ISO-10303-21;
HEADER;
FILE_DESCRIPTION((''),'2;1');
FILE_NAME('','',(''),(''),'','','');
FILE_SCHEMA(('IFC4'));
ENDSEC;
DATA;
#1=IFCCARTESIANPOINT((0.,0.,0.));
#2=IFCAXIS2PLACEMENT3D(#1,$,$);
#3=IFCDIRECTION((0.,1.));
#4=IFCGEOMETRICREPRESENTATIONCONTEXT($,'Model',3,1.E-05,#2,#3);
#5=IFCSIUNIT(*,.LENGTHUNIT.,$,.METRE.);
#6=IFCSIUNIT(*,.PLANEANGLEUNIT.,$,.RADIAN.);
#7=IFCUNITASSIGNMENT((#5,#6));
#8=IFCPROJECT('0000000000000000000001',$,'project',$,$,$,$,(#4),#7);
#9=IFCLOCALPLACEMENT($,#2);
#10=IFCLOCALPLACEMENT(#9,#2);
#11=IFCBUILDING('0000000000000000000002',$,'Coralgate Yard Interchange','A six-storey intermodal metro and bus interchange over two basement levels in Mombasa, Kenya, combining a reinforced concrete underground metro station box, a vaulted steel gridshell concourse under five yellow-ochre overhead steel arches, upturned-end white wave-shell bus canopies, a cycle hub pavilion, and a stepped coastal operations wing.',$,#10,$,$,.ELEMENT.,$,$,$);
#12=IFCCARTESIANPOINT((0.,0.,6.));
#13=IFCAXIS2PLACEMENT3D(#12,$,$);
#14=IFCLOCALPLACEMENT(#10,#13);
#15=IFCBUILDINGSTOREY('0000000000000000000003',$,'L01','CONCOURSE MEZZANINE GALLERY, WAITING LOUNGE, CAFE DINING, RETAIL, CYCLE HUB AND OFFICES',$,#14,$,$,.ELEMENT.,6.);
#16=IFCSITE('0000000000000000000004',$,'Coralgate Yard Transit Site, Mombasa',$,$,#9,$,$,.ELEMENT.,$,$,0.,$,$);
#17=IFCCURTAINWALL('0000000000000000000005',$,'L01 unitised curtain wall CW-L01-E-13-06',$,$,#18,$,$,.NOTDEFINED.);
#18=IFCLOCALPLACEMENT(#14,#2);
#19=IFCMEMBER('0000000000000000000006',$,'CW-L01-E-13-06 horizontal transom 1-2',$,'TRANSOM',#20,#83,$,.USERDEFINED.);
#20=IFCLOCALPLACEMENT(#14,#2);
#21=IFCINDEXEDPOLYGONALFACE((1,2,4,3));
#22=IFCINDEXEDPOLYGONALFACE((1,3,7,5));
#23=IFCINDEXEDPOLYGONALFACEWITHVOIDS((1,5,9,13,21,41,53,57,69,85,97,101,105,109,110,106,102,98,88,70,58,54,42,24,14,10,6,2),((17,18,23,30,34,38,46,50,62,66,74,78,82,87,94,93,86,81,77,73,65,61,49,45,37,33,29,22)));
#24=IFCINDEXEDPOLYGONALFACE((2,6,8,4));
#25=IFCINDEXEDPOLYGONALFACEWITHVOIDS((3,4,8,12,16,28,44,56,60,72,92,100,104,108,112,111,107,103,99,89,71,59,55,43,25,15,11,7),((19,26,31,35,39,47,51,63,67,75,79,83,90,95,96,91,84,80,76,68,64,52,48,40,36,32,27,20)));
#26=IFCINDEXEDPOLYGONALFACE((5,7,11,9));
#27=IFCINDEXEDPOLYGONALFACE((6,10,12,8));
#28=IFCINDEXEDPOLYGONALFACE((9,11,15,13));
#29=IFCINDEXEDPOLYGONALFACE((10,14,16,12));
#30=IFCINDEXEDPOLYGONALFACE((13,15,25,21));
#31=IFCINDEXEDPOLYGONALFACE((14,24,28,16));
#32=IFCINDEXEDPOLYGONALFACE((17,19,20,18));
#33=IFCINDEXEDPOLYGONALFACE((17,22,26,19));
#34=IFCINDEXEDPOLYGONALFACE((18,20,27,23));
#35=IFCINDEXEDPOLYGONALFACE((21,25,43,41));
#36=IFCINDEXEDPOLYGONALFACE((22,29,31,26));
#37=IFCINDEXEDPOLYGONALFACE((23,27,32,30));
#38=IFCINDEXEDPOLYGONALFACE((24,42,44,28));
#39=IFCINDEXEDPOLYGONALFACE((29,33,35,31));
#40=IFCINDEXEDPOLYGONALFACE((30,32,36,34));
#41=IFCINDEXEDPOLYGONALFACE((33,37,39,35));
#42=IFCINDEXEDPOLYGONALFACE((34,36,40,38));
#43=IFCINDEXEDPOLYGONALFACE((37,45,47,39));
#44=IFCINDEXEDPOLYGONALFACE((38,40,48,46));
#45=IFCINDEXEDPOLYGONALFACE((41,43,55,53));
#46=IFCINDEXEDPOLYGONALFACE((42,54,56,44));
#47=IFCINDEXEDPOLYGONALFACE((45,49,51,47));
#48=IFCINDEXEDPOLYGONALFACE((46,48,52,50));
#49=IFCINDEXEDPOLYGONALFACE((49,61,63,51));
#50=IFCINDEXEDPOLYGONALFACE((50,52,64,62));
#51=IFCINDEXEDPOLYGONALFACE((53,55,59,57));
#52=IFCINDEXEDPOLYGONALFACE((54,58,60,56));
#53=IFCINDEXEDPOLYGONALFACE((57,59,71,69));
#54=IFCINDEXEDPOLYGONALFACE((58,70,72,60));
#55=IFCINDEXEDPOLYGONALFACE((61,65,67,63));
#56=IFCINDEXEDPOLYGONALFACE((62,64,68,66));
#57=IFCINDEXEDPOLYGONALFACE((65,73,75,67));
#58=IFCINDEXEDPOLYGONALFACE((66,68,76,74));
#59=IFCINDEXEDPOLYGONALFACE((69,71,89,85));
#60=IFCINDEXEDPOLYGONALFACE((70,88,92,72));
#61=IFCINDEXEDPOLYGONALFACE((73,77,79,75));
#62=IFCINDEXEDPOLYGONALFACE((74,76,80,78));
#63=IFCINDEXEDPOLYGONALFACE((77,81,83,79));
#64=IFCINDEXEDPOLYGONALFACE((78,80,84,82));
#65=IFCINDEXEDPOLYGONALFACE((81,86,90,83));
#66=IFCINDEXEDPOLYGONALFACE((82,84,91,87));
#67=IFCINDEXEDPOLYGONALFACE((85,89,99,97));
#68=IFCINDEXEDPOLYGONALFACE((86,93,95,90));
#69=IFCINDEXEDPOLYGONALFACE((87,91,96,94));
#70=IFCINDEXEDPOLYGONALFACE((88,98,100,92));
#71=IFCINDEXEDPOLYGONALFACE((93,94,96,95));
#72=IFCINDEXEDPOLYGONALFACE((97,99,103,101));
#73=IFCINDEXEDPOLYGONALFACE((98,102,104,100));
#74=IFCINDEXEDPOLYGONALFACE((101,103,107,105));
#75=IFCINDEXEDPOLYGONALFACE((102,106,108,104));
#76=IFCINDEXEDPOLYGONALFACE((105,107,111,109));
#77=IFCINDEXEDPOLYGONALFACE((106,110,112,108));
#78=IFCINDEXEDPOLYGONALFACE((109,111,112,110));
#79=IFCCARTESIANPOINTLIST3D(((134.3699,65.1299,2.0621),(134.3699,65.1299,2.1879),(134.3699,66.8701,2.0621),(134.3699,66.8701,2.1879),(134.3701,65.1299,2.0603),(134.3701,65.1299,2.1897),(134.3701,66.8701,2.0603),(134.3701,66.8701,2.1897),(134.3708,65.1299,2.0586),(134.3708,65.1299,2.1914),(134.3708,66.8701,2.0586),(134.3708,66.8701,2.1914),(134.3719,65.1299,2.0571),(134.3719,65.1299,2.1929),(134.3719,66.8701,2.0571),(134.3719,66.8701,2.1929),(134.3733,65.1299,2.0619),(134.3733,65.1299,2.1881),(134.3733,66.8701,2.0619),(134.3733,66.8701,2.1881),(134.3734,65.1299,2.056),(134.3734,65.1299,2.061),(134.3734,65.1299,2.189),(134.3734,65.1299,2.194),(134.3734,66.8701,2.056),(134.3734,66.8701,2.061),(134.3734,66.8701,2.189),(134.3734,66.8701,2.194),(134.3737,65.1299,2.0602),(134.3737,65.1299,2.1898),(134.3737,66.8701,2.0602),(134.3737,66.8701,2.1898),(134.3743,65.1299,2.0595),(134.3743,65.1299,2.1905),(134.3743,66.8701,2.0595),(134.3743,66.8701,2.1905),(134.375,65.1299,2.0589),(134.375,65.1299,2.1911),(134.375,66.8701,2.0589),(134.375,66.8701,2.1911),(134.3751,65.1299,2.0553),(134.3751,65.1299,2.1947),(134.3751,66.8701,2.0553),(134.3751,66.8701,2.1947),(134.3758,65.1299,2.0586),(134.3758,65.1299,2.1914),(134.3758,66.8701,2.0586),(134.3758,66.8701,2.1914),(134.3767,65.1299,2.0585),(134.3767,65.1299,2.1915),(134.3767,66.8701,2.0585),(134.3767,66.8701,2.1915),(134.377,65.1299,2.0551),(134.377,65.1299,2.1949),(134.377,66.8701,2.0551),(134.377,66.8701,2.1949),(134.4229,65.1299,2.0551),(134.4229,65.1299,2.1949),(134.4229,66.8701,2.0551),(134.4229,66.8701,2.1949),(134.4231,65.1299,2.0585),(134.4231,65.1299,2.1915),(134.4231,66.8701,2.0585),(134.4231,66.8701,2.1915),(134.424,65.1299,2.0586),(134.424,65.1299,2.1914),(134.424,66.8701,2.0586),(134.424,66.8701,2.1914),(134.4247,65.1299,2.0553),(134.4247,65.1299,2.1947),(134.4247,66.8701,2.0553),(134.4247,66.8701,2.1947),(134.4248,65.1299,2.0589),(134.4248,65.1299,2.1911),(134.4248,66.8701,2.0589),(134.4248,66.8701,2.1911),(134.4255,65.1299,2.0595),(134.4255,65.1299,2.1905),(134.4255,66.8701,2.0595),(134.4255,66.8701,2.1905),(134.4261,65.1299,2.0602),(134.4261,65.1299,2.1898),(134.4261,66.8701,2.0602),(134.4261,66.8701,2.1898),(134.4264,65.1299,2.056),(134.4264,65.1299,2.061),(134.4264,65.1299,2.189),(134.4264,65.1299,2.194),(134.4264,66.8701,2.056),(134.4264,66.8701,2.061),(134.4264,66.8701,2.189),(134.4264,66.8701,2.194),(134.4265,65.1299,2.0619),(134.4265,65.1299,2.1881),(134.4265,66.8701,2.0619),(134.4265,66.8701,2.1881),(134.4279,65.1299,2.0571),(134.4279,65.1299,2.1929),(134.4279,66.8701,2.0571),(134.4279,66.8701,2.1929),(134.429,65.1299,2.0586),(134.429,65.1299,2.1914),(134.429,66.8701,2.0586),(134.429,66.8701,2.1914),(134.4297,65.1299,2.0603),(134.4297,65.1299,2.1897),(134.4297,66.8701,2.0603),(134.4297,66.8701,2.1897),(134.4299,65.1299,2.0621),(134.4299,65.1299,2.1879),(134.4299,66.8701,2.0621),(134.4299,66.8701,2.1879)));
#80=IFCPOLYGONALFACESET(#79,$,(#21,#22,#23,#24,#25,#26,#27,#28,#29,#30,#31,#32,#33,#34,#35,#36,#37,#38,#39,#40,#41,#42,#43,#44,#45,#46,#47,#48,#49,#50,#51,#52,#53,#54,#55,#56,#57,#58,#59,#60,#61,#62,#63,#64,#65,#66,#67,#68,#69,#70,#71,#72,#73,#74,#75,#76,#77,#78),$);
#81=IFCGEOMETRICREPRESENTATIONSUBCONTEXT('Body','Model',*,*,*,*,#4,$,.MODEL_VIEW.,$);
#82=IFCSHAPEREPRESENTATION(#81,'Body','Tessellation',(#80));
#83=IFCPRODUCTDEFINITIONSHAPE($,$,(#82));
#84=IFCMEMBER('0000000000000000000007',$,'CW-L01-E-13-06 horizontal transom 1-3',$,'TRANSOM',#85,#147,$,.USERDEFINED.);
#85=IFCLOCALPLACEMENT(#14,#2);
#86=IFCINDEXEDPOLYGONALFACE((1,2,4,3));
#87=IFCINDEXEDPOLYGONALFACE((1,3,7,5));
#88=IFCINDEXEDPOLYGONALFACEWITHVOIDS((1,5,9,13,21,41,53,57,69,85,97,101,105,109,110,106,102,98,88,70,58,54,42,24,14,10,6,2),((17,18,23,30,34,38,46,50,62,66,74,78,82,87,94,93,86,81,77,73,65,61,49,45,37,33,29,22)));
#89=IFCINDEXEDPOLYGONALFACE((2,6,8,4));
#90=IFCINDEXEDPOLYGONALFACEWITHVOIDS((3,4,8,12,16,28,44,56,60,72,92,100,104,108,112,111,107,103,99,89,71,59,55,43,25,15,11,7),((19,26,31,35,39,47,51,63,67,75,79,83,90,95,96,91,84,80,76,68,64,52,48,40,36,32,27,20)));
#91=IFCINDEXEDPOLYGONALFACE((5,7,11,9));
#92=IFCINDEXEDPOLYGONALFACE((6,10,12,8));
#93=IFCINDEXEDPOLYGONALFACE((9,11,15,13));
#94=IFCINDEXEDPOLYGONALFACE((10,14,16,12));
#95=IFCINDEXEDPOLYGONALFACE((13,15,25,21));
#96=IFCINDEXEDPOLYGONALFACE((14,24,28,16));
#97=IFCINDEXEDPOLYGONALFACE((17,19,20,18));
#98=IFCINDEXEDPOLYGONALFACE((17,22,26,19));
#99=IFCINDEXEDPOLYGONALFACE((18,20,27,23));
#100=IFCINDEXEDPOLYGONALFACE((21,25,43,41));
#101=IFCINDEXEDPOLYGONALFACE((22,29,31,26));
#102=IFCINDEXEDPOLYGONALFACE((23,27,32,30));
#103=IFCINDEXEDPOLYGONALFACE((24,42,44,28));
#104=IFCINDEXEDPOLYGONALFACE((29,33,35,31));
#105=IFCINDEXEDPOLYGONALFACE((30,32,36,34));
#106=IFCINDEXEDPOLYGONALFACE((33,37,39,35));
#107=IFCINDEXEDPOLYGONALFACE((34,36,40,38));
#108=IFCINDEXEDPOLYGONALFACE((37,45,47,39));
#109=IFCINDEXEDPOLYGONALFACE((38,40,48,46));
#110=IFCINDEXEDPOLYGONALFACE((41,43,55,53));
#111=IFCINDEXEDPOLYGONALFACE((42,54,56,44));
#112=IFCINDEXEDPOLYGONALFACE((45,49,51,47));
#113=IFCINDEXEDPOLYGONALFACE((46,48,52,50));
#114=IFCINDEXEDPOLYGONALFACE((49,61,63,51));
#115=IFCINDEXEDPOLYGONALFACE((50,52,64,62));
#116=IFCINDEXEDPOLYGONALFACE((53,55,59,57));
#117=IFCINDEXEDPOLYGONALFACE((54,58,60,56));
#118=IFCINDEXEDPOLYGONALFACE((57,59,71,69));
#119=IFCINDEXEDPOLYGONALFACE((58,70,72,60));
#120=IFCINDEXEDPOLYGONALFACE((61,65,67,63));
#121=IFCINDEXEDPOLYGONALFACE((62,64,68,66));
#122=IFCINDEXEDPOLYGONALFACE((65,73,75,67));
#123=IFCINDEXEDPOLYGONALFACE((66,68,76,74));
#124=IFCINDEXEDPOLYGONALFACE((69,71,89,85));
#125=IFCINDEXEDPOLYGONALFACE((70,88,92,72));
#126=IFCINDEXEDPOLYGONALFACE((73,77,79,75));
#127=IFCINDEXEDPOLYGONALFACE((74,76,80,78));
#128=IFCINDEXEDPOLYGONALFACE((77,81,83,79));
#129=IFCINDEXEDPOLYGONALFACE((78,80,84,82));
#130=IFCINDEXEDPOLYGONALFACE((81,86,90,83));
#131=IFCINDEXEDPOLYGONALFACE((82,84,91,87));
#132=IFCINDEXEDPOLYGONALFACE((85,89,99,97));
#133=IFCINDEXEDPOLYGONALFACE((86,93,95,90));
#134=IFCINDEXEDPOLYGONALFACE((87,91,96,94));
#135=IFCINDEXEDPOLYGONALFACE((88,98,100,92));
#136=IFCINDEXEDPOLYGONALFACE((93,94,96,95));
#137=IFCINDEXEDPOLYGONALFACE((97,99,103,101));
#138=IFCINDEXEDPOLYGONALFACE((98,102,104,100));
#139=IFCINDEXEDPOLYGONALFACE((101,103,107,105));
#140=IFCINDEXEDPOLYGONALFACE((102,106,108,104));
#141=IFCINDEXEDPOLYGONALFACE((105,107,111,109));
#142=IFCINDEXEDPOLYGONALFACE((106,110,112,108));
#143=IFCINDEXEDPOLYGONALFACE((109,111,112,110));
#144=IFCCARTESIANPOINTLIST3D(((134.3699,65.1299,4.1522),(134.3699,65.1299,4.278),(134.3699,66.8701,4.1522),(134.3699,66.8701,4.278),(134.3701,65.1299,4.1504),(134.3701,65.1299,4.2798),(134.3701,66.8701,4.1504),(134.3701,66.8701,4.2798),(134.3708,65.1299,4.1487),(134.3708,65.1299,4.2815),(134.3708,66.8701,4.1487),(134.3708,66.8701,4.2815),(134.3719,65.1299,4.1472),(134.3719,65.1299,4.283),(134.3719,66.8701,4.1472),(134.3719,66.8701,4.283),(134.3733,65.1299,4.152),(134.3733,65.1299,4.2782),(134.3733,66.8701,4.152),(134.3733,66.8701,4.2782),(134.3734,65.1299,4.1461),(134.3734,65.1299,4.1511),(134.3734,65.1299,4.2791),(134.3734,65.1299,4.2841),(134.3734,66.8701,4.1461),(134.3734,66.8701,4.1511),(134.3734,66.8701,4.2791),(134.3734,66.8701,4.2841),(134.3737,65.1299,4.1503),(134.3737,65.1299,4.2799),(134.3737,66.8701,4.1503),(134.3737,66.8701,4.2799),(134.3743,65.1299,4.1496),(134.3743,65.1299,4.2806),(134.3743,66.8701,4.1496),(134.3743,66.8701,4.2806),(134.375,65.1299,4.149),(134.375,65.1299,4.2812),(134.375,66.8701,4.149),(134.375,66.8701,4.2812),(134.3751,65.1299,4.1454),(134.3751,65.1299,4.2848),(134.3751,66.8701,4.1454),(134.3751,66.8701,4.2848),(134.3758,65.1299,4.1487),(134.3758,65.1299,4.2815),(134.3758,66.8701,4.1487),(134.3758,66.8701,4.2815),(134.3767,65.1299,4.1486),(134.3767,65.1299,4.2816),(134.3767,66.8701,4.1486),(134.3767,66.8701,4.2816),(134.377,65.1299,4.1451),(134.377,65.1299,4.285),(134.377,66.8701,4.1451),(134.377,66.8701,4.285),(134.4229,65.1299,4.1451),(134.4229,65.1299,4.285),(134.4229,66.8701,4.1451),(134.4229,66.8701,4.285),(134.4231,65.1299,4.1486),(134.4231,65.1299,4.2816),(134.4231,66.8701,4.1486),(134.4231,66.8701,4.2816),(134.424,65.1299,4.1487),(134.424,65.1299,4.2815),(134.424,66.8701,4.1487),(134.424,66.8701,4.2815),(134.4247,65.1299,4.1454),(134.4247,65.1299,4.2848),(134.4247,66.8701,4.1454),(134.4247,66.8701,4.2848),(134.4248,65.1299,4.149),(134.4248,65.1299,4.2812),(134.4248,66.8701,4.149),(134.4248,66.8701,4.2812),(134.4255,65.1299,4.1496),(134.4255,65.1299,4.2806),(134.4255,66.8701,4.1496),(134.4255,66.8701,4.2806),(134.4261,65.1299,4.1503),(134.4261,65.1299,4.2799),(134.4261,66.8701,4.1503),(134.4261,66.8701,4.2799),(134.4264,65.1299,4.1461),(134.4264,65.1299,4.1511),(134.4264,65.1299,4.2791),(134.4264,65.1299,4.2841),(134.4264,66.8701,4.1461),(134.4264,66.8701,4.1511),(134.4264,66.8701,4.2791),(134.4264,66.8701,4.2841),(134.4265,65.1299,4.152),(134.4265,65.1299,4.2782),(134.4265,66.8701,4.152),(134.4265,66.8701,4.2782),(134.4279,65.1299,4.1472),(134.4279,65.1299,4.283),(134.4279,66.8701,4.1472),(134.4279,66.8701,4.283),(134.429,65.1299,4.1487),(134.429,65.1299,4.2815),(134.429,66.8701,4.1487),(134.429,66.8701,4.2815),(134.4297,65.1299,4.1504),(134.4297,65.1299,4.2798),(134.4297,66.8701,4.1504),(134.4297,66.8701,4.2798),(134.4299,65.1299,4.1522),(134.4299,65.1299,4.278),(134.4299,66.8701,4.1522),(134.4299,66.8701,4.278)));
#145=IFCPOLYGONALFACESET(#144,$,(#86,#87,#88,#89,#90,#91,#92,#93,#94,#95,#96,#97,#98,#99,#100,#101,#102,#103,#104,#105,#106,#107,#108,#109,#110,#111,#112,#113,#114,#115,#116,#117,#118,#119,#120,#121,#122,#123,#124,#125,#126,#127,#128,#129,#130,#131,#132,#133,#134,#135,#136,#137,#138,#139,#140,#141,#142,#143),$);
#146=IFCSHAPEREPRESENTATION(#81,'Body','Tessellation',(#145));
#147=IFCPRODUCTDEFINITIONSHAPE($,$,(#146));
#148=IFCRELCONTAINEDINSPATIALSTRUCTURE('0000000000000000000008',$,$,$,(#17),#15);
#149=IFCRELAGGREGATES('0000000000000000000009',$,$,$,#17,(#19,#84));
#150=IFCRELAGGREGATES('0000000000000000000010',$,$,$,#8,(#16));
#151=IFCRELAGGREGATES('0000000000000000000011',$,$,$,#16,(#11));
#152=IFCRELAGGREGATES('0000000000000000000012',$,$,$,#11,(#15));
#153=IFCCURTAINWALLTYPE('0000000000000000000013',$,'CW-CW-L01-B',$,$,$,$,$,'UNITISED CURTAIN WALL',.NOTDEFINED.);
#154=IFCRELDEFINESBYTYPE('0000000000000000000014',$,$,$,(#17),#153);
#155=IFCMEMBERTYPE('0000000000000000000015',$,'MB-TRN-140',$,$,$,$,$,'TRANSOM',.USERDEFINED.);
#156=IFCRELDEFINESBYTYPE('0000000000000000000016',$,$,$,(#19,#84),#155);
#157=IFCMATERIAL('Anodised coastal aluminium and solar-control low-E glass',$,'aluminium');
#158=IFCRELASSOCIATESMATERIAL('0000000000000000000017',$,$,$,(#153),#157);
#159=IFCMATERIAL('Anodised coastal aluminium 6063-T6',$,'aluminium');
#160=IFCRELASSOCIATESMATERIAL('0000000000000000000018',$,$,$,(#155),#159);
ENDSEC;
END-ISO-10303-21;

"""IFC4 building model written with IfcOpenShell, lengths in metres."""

from ifc_helpers import new_model, si_unit, direction, frame, origin, origin_2d, place, context, subcontext, project, spatial, hollow_rectangle, extrude, material, material_profile, profile_set, type_object, element, aggregate, save


model = new_model("IFC4")

# Units and contexts
model_context = context("Model", 3, precision=1e-05, world=origin(), true_north=direction((0.0, 1.0)))
body_context = subcontext(model_context, "Body", "Model", "MODEL_VIEW")
ifc_project = project(units=[si_unit("LENGTHUNIT", "METRE"), si_unit("PLANEANGLEUNIT", "RADIAN")], contexts=[model_context])

# Site, building, storey
site_placement = place(None, origin())
site = spatial("IfcSite", under=ifc_project, at=site_placement, Name="Coralgate Yard Transit Site, Mombasa", CompositionType="ELEMENT", RefElevation=0.0)
building_placement = place(site_placement, origin())
building = spatial("IfcBuilding", under=site, at=building_placement, Name="Coralgate Yard Interchange", Description="A six-storey intermodal metro and bus interchange over two basement levels in Mombasa, Kenya, combining a reinforced concrete underground metro station box, a vaulted steel gridshell concourse under five yellow-ochre overhead steel arches, upturned-end white wave-shell bus canopies, a cycle hub pavilion, and a stepped coastal operations wing.", CompositionType="ELEMENT")
storey_placement = place(building_placement, frame((0.0, 0.0, 6.0)))
storey = spatial("IfcBuildingStorey", under=building, at=storey_placement, Name="L01", Description="CONCOURSE MEZZANINE GALLERY, WAITING LOUNGE, CAFE DINING, RETAIL, CYCLE HUB AND OFFICES", CompositionType="ELEMENT", Elevation=6.0)

# Curtain wall, members
ifc_material_1 = material(Name="Anodised coastal aluminium and solar-control low-E glass", Category="aluminium")
curtain_wall_type = type_object("IfcCurtainWallType", Name="CW-CW-L01-B", ElementType="UNITISED CURTAIN WALL", PredefinedType="NOTDEFINED", material=ifc_material_1)
curtain_wall_placement = place(storey_placement, origin())
curtain_wall = element("IfcCurtainWall", 1, at=curtain_wall_placement, inside=storey, type_object=curtain_wall_type, Name="L01 unitised curtain wall CW-L01-E-13-06", PredefinedType="NOTDEFINED")
ifc_material_2 = material(Name="Anodised coastal aluminium 6063-T6", Category="aluminium")
ifc_material_profile_1 = material_profile(ifc_material_2, hollow_rectangle(XDim=0.0601, YDim=0.1399, WallThickness=0.0034, InnerFilletRadius=0.0034, OuterFilletRadius=0.0071, at=origin_2d()), Name="ALU 60x140x3.5")
ifc_profile_set_1 = profile_set([ifc_material_profile_1], Name="Anodised coastal aluminium 6063-T6")
member_type_1 = type_object("IfcMemberType", Name="MB-TRN-140", ElementType="TRANSOM", PredefinedType="USERDEFINED", material=ifc_profile_set_1)
member_1_placement = place(storey_placement, frame((134.3999, 66.8701, 2.125), z_axis=(0.0, -1.0, 0.0), x_axis=(1.0, 0.0, 0.0)))
member_1 = element("IfcMember", 2, at=member_1_placement, type_object=member_type_1, Name="CW-L01-E-13-06 horizontal transom 1-2", ObjectType="TRANSOM", PredefinedType="USERDEFINED", context=body_context, shape_type="SweptSolid", body=[
    extrude(hollow_rectangle(XDim=0.0601, YDim=0.1399, WallThickness=0.0034, InnerFilletRadius=0.0034, OuterFilletRadius=0.0071, at=origin_2d()), origin(), (0.0, 0.0, 1.0), 1.7402),
])
member_2_placement = place(storey_placement, frame((134.3999, 66.8701, 4.2151), z_axis=(0.0, -1.0, 0.0), x_axis=(1.0, 0.0, 0.0)))
member_2 = element("IfcMember", 3, at=member_2_placement, type_object=member_type_1, Name="CW-L01-E-13-06 horizontal transom 1-3", ObjectType="TRANSOM", PredefinedType="USERDEFINED", context=body_context, shape_type="SweptSolid", body=[
    extrude(hollow_rectangle(XDim=0.0601, YDim=0.1399, WallThickness=0.0034, InnerFilletRadius=0.0034, OuterFilletRadius=0.0071, at=origin_2d()), origin(), (0.0, 0.0, 1.0), 1.7402),
])
aggregate(curtain_wall, [member_1, member_2])

save(model, "model.ifc")
